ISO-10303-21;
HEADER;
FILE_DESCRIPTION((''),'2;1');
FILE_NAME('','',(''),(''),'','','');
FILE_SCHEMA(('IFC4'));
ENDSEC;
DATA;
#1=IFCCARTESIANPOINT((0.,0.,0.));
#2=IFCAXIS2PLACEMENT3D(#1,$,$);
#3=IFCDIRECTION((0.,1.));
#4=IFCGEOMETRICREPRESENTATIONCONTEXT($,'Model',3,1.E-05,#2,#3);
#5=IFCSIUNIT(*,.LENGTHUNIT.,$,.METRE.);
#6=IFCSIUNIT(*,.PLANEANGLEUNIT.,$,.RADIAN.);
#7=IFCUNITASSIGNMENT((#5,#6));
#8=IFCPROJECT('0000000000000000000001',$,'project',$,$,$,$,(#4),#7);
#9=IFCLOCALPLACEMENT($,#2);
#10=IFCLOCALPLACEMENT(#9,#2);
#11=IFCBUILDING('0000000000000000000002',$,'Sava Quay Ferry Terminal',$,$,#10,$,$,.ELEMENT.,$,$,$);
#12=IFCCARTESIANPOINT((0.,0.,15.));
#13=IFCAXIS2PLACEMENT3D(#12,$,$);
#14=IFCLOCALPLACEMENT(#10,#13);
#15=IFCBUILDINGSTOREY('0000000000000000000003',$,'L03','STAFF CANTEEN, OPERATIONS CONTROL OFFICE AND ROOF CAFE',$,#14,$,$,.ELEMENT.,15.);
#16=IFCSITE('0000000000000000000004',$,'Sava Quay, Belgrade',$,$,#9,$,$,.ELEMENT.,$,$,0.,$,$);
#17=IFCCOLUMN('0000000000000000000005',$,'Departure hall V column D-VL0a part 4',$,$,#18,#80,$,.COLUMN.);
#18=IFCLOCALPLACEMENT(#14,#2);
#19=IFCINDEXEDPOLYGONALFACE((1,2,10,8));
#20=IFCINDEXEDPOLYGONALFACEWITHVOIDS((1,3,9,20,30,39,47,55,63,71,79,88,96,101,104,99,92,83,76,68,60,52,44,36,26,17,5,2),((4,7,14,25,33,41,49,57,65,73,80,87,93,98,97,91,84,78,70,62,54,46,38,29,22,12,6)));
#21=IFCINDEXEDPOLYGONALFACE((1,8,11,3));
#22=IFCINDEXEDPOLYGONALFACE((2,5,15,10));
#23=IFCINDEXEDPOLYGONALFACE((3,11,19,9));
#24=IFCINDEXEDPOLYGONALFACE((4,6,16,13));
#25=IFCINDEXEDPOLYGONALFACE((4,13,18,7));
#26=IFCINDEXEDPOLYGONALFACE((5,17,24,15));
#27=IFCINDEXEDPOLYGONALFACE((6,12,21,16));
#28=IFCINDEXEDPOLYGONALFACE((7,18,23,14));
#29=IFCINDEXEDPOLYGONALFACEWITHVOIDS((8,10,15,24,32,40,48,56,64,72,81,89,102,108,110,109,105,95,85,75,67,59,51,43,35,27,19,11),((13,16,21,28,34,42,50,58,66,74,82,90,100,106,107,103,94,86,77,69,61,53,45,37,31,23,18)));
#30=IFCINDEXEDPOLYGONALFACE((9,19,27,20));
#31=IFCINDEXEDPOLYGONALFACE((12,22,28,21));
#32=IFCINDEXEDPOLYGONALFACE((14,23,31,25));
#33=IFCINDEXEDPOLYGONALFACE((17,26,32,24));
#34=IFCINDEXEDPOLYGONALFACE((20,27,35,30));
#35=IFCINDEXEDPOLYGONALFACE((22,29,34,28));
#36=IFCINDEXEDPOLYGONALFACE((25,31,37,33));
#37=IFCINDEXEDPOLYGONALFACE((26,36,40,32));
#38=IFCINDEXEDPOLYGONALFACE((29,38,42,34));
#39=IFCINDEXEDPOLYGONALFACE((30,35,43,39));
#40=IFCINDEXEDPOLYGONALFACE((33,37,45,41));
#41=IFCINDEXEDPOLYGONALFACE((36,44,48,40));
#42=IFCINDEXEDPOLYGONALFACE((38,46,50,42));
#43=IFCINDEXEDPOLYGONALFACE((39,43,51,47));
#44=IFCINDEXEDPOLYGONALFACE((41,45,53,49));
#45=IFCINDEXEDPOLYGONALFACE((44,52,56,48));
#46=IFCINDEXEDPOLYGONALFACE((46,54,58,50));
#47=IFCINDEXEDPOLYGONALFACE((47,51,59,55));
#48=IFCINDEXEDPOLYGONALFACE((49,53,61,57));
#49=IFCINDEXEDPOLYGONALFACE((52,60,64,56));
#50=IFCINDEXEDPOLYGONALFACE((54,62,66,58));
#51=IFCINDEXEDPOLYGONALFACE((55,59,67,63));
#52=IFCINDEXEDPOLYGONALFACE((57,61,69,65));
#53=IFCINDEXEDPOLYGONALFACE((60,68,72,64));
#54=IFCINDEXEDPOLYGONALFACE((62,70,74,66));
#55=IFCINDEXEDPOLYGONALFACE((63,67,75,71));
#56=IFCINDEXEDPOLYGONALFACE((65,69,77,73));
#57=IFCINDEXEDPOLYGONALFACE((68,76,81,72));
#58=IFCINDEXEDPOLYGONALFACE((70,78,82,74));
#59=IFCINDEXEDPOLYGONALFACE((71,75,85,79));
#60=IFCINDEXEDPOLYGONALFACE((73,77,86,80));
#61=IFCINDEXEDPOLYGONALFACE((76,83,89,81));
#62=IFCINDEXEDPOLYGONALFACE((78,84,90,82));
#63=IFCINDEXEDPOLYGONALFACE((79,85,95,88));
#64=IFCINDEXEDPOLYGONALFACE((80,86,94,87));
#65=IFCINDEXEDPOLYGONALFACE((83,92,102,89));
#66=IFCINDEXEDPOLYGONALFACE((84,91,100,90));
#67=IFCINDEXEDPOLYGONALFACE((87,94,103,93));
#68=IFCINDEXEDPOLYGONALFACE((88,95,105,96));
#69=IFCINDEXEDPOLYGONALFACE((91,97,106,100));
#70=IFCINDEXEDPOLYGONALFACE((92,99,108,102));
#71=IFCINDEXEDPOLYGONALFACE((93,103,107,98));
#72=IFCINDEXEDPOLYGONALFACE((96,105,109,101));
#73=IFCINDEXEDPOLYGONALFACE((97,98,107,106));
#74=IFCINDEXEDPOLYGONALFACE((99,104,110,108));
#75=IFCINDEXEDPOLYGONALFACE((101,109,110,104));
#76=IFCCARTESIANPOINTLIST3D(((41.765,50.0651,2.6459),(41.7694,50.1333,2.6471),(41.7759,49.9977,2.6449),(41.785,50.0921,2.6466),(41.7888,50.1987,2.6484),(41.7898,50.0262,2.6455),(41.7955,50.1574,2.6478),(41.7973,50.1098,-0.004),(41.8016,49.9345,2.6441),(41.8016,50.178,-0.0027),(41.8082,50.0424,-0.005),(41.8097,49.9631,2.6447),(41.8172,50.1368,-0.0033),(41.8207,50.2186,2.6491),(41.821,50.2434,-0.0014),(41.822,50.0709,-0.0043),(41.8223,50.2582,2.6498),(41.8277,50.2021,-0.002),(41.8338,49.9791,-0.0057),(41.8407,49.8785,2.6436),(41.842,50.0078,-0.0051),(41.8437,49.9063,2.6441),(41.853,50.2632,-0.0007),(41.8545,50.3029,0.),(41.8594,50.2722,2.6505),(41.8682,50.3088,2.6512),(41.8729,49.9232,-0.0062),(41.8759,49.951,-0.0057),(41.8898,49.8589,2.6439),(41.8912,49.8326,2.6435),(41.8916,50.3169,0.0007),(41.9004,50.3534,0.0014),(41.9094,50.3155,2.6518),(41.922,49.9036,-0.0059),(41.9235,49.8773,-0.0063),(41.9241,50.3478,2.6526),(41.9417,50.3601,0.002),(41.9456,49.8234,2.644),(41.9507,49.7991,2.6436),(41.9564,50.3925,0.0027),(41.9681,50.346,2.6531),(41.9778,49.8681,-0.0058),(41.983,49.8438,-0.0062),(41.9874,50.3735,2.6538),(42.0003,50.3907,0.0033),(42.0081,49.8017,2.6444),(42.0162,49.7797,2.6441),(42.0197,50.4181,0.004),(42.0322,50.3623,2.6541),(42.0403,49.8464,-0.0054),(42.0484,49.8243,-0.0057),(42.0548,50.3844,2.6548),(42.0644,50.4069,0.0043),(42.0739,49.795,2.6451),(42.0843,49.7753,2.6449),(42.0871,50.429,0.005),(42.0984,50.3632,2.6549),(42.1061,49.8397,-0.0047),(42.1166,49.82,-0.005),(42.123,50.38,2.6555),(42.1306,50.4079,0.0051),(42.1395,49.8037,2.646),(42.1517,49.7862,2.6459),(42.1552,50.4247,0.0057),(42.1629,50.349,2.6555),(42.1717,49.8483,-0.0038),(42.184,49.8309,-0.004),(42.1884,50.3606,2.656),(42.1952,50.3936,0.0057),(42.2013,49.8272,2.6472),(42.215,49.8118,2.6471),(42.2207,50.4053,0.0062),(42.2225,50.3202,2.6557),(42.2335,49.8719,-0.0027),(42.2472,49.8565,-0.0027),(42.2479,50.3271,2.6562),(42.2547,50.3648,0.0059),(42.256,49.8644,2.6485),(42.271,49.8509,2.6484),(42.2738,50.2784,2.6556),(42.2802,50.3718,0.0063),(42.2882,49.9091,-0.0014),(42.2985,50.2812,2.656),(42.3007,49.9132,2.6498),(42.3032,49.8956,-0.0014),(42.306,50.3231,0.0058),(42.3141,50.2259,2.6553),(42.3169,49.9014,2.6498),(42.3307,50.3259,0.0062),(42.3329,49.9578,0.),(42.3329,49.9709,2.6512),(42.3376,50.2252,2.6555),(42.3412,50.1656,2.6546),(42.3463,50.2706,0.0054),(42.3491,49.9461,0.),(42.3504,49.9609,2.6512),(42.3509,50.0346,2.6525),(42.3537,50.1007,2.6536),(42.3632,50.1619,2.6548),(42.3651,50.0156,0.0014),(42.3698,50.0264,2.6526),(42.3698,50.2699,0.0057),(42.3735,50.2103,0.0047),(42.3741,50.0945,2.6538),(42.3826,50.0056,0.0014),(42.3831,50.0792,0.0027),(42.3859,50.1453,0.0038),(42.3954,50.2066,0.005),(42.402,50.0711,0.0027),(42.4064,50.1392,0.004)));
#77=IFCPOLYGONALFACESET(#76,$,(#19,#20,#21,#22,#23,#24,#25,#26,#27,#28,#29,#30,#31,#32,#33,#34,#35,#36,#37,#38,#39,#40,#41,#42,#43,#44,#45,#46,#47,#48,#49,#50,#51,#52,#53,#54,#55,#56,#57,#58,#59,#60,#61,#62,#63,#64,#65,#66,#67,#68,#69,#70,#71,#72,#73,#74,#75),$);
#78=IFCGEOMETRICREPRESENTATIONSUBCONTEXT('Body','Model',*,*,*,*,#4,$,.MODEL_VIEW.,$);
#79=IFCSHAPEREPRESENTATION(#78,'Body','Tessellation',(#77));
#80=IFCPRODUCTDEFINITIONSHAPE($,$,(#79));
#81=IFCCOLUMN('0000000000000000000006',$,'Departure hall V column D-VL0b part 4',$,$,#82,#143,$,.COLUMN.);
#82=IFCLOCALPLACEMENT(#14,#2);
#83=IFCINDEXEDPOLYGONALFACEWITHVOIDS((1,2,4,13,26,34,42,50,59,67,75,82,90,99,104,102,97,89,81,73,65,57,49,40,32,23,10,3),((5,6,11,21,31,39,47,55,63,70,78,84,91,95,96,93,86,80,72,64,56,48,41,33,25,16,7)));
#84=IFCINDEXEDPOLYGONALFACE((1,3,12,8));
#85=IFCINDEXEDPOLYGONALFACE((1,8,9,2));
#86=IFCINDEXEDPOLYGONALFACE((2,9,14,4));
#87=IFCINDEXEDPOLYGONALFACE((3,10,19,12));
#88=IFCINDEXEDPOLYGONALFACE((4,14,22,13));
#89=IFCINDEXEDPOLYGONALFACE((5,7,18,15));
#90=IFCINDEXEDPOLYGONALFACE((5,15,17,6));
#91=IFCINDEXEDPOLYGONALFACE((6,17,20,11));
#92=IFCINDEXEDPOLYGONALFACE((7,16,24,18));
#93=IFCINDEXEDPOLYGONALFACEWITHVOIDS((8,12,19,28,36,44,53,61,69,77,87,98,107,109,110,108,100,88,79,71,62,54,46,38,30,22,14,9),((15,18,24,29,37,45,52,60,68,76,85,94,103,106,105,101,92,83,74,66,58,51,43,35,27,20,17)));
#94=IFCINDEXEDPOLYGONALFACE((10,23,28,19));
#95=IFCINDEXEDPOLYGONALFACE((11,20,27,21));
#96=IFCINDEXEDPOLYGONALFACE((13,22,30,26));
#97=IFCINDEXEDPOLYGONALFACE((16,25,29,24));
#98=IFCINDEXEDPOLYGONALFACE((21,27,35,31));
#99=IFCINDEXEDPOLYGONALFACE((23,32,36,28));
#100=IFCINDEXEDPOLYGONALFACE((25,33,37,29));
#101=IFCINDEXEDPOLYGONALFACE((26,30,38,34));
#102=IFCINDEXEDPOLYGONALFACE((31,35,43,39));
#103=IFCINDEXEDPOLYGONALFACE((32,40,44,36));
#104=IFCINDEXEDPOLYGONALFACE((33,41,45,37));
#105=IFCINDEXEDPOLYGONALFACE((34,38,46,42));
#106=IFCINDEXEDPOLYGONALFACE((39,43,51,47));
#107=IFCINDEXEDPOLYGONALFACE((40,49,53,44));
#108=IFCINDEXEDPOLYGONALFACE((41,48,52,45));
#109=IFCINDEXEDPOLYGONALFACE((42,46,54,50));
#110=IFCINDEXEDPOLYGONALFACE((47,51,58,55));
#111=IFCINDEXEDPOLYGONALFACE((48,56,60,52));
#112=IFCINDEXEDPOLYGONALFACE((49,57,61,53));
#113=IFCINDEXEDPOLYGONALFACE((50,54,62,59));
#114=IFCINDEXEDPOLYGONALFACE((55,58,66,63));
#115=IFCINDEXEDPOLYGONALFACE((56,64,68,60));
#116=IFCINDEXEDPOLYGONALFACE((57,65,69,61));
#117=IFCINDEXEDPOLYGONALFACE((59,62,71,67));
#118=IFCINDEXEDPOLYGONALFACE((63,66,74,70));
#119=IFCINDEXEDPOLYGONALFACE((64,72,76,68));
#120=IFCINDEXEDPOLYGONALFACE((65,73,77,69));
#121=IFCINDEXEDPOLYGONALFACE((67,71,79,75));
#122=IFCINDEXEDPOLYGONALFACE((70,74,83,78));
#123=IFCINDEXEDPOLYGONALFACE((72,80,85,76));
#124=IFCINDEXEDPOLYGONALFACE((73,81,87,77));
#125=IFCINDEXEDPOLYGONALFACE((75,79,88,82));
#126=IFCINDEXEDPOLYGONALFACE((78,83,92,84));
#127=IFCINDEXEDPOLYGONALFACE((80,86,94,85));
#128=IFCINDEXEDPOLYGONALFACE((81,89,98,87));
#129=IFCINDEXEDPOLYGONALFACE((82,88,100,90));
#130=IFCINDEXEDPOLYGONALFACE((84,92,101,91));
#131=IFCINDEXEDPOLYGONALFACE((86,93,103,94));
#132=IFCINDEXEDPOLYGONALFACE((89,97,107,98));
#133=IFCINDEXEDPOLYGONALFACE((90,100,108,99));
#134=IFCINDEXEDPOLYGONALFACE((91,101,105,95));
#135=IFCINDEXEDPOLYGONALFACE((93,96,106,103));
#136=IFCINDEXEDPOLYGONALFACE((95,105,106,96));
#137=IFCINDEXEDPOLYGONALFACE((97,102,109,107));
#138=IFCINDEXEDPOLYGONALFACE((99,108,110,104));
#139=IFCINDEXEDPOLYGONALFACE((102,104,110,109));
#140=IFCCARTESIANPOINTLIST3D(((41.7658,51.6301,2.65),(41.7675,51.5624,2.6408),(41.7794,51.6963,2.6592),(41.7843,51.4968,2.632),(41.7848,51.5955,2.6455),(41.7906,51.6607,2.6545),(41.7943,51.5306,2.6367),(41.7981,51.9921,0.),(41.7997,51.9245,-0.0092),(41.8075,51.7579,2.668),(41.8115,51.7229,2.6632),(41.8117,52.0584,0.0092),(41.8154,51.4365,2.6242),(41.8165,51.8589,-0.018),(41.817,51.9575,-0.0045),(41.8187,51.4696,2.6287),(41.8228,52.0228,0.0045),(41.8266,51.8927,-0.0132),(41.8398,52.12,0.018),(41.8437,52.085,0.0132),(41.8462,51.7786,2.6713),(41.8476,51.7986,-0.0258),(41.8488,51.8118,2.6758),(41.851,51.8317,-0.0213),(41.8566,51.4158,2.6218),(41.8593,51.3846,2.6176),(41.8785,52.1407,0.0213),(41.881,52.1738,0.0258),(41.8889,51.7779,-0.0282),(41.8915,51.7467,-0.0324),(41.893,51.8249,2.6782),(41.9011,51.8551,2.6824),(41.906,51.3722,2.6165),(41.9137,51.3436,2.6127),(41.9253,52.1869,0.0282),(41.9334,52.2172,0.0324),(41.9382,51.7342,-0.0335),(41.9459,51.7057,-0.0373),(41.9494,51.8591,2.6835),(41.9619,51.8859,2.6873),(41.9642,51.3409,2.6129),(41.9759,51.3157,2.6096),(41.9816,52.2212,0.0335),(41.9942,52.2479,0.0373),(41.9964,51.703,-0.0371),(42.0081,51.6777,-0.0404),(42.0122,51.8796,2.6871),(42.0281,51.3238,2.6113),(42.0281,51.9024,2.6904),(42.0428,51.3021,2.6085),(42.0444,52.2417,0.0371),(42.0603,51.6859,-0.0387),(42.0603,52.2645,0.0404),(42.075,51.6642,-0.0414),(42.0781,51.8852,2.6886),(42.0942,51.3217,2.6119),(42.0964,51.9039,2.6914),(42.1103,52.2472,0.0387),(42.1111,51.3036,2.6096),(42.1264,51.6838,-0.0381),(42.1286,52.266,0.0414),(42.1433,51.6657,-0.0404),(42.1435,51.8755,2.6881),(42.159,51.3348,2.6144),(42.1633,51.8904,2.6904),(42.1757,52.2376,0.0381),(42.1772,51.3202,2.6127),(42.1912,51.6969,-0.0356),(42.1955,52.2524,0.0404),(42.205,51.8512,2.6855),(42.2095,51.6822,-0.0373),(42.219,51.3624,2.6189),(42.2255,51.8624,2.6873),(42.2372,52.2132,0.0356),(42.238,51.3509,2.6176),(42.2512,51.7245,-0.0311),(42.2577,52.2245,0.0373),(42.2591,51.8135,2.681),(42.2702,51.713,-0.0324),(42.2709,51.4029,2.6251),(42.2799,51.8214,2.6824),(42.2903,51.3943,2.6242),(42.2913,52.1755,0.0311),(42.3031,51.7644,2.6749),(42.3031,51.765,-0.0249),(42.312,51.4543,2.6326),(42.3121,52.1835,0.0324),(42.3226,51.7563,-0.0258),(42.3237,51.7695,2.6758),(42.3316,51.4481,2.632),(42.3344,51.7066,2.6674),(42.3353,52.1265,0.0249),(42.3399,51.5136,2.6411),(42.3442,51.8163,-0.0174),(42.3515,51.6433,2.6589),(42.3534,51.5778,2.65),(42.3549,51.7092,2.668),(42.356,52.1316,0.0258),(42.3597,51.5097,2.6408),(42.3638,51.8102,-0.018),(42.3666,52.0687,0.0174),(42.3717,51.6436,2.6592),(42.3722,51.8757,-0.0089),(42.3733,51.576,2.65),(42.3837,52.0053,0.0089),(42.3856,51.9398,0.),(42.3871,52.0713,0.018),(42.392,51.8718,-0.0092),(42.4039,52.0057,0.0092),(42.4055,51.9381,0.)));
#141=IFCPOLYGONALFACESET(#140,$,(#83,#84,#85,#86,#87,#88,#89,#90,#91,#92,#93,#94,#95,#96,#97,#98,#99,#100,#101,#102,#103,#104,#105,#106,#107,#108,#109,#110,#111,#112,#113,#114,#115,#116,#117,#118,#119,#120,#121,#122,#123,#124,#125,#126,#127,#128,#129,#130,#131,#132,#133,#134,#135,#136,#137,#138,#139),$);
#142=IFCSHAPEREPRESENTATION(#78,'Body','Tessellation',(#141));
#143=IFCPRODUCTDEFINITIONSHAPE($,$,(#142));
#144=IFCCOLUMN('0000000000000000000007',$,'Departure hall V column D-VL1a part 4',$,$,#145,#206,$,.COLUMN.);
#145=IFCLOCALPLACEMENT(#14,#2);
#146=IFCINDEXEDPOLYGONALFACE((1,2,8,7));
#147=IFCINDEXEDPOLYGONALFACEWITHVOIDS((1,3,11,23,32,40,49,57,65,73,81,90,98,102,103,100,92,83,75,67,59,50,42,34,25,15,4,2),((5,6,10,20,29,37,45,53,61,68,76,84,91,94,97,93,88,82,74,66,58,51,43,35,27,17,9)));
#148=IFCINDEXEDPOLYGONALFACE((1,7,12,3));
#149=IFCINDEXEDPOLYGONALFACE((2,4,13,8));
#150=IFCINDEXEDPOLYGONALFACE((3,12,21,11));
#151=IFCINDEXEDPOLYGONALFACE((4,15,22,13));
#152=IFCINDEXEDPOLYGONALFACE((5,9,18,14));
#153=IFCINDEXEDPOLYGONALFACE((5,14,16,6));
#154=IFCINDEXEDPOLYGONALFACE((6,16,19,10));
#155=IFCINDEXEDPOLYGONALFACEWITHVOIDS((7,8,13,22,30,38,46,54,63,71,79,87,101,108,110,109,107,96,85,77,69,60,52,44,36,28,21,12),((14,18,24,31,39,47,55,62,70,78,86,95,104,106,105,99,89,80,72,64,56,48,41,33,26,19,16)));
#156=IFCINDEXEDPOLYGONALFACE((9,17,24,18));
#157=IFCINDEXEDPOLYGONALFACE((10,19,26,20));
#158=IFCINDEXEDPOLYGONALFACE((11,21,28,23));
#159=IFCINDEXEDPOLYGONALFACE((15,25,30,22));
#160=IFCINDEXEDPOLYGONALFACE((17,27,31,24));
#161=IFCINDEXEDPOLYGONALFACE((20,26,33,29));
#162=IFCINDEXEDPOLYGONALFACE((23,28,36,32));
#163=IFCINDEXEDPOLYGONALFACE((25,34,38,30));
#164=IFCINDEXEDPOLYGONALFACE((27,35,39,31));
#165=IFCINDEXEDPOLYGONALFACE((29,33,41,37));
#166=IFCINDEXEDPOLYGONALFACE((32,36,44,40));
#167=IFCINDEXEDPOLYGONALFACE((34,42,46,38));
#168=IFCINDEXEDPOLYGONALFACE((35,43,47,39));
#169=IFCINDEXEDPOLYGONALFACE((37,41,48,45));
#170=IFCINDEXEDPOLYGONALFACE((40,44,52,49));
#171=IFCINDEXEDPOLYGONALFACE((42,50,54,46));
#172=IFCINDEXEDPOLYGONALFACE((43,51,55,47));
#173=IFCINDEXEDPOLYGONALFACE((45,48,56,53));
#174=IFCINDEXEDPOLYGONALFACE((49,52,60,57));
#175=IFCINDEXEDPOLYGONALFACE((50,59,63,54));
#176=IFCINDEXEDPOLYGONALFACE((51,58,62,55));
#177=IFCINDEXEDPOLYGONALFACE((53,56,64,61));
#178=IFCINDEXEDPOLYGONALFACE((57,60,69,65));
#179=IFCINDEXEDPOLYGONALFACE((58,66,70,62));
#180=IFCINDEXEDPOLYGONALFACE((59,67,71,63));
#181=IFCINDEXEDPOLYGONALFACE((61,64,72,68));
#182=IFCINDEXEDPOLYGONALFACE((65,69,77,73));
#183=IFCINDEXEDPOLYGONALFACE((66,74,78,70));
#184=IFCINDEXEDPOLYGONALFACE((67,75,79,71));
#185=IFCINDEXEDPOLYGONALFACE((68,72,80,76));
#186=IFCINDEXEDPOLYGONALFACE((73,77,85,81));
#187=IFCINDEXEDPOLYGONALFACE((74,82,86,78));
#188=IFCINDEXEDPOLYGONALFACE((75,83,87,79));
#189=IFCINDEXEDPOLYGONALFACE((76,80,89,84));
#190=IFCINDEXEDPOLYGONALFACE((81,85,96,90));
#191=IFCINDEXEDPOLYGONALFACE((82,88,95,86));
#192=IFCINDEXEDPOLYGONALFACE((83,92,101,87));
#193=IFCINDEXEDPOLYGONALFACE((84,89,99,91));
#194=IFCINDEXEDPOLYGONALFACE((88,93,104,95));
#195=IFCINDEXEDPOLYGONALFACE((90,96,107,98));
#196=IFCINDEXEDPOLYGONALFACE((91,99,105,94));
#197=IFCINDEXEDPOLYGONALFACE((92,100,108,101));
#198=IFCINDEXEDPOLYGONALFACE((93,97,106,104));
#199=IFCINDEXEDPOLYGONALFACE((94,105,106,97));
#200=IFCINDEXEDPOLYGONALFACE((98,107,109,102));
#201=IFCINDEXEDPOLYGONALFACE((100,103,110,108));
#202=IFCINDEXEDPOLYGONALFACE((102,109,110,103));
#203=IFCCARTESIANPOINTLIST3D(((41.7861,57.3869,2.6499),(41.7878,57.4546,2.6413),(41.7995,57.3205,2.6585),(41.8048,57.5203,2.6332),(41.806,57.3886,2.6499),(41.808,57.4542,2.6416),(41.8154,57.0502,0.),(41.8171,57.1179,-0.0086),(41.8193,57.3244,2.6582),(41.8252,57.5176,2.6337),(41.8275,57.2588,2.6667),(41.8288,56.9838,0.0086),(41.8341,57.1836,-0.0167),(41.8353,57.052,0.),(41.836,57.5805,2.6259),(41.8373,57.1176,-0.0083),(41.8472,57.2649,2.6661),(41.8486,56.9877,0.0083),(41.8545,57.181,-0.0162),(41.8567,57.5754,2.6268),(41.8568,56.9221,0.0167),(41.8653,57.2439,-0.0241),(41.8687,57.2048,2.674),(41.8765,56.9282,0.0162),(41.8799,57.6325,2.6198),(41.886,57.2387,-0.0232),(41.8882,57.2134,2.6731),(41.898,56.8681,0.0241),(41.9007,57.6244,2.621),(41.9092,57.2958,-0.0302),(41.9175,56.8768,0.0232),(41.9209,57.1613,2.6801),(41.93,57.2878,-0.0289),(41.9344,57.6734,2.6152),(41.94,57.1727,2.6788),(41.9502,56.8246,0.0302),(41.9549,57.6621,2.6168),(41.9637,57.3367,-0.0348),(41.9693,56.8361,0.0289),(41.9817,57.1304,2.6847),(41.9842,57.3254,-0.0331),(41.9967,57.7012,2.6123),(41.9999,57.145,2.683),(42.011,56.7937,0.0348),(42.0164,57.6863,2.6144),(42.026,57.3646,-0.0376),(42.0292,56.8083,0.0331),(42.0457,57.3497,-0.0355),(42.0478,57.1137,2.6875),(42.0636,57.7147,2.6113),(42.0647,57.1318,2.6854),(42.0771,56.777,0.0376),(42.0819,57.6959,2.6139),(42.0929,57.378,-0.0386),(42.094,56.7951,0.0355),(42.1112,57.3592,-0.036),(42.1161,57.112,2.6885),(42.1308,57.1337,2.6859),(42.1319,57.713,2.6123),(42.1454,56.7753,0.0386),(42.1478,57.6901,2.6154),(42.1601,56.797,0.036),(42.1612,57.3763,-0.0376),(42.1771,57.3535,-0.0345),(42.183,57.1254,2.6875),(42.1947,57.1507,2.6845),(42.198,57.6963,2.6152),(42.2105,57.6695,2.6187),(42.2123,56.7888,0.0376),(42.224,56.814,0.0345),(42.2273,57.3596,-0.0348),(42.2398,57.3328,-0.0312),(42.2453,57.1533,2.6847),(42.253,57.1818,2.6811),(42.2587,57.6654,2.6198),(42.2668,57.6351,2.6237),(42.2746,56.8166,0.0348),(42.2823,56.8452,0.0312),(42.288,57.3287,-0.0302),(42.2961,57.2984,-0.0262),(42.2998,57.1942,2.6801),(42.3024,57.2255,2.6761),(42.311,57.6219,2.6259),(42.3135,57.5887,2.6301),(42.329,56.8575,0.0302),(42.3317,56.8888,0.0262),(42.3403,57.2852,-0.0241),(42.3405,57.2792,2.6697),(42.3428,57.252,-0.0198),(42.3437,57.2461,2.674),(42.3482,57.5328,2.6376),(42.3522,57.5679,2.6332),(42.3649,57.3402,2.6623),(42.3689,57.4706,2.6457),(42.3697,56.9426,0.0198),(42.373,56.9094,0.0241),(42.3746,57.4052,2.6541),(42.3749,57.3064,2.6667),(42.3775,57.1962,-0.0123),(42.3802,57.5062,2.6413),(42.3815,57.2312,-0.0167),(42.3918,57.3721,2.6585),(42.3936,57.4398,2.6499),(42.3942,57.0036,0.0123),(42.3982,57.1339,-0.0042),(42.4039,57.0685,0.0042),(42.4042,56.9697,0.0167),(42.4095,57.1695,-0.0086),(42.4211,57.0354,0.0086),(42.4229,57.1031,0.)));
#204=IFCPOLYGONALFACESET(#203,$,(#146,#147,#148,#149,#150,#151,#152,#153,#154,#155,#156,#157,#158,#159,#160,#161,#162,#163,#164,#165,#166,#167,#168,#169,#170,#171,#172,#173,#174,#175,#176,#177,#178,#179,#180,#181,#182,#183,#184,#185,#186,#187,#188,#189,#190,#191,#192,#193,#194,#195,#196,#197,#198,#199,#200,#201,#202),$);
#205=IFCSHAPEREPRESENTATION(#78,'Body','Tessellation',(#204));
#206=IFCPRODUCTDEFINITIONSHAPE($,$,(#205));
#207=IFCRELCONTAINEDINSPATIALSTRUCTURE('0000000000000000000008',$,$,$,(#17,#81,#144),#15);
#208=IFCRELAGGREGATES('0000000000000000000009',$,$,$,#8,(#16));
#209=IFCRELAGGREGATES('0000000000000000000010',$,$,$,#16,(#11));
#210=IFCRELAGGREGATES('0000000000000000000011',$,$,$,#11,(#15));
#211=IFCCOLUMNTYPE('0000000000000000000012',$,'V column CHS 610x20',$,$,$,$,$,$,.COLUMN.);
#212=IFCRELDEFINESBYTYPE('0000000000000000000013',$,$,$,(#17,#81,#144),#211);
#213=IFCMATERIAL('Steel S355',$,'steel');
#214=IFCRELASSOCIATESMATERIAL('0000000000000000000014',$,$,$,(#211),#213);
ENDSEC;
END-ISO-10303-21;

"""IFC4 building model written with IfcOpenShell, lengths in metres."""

from ifc_helpers import new_model, si_unit, direction, frame, origin, origin_2d, place, context, subcontext, project, spatial, hollow_circle, extrude, material, material_profile, profile_set, type_object, element, save


model = new_model("IFC4")

# Units and contexts
model_context = context("Model", 3, precision=1e-05, world=origin(), true_north=direction((0.0, 1.0)))
body_context = subcontext(model_context, "Body", "Model", "MODEL_VIEW")
ifc_project = project(units=[si_unit("LENGTHUNIT", "METRE"), si_unit("PLANEANGLEUNIT", "RADIAN")], contexts=[model_context])

# Site, building, storey
site_placement = place(None, origin())
site = spatial("IfcSite", under=ifc_project, at=site_placement, Name="Sava Quay, Belgrade", CompositionType="ELEMENT", RefElevation=0.0)
building_placement = place(site_placement, origin())
building = spatial("IfcBuilding", under=site, at=building_placement, Name="Sava Quay Ferry Terminal", CompositionType="ELEMENT")
storey_placement = place(building_placement, frame((0.0, 0.0, 15.0)))
storey = spatial("IfcBuildingStorey", under=building, at=storey_placement, Name="L03", Description="STAFF CANTEEN, OPERATIONS CONTROL OFFICE AND ROOF CAFE", CompositionType="ELEMENT", Elevation=15.0)

# Columns
ifc_material_1 = material(Name="Steel S355", Category="steel")
ifc_material_profile_1 = material_profile(ifc_material_1, hollow_circle(Radius=0.3049, WallThickness=0.02, at=origin_2d()), Name="CHS 610 x 20.0")
ifc_profile_set_1 = profile_set([ifc_material_profile_1], Name="Steel S355")
column_type = type_object("IfcColumnType", Name="V column CHS 610x20", PredefinedType="COLUMN", material=ifc_profile_set_1)
column_1_placement = place(storey_placement, frame((42.1018, 50.1245, 0.0), z_axis=(-0.012159, -0.016857, 0.999784), x_axis=(0.81103, -0.585005, 0.0)))
element("IfcColumn", 1, at=column_1_placement, inside=storey, type_object=column_type, Name="Departure hall V column D-VL0a part 4", PredefinedType="COLUMN", context=body_context, shape_type="SweptSolid", body=[
    extrude(hollow_circle(Radius=0.3049, WallThickness=0.02, at=origin_2d()), origin(), (0.0, 0.0, 1.0), 2.6504),
])
column_2_placement = place(storey_placement, frame((42.1018, 51.9651, 0.0), z_axis=(-0.012049, -0.135364, 0.990723), x_axis=(0.996062, -0.088658, 0.0)))
element("IfcColumn", 2, at=column_2_placement, inside=storey, type_object=column_type, Name="Departure hall V column D-VL0b part 4", PredefinedType="COLUMN", context=body_context, shape_type="SweptSolid", body=[
    extrude(hollow_circle(Radius=0.3049, WallThickness=0.02, at=origin_2d()), origin(), (0.0, 0.0, 1.0), 2.6748),
])
for number, where, z_axis, x_axis, name in (
    (3, (42.1191, 57.0767, 0.0), (-0.010967, 0.126029, 0.991966), (-0.996235, -0.086692, 0.0), "Departure hall V column D-VL1a part 4"),
):
    element("IfcColumn", number, at=place(storey_placement, frame(where, z_axis=z_axis, x_axis=x_axis)), inside=storey, type_object=column_type, Name=name, PredefinedType="COLUMN", context=body_context, shape_type="SweptSolid", body=[
        extrude(hollow_circle(Radius=0.3049, WallThickness=0.02, at=origin_2d()), origin(), (0.0, 0.0, 1.0), 2.6714),
    ])

save(model, "model.ifc")
